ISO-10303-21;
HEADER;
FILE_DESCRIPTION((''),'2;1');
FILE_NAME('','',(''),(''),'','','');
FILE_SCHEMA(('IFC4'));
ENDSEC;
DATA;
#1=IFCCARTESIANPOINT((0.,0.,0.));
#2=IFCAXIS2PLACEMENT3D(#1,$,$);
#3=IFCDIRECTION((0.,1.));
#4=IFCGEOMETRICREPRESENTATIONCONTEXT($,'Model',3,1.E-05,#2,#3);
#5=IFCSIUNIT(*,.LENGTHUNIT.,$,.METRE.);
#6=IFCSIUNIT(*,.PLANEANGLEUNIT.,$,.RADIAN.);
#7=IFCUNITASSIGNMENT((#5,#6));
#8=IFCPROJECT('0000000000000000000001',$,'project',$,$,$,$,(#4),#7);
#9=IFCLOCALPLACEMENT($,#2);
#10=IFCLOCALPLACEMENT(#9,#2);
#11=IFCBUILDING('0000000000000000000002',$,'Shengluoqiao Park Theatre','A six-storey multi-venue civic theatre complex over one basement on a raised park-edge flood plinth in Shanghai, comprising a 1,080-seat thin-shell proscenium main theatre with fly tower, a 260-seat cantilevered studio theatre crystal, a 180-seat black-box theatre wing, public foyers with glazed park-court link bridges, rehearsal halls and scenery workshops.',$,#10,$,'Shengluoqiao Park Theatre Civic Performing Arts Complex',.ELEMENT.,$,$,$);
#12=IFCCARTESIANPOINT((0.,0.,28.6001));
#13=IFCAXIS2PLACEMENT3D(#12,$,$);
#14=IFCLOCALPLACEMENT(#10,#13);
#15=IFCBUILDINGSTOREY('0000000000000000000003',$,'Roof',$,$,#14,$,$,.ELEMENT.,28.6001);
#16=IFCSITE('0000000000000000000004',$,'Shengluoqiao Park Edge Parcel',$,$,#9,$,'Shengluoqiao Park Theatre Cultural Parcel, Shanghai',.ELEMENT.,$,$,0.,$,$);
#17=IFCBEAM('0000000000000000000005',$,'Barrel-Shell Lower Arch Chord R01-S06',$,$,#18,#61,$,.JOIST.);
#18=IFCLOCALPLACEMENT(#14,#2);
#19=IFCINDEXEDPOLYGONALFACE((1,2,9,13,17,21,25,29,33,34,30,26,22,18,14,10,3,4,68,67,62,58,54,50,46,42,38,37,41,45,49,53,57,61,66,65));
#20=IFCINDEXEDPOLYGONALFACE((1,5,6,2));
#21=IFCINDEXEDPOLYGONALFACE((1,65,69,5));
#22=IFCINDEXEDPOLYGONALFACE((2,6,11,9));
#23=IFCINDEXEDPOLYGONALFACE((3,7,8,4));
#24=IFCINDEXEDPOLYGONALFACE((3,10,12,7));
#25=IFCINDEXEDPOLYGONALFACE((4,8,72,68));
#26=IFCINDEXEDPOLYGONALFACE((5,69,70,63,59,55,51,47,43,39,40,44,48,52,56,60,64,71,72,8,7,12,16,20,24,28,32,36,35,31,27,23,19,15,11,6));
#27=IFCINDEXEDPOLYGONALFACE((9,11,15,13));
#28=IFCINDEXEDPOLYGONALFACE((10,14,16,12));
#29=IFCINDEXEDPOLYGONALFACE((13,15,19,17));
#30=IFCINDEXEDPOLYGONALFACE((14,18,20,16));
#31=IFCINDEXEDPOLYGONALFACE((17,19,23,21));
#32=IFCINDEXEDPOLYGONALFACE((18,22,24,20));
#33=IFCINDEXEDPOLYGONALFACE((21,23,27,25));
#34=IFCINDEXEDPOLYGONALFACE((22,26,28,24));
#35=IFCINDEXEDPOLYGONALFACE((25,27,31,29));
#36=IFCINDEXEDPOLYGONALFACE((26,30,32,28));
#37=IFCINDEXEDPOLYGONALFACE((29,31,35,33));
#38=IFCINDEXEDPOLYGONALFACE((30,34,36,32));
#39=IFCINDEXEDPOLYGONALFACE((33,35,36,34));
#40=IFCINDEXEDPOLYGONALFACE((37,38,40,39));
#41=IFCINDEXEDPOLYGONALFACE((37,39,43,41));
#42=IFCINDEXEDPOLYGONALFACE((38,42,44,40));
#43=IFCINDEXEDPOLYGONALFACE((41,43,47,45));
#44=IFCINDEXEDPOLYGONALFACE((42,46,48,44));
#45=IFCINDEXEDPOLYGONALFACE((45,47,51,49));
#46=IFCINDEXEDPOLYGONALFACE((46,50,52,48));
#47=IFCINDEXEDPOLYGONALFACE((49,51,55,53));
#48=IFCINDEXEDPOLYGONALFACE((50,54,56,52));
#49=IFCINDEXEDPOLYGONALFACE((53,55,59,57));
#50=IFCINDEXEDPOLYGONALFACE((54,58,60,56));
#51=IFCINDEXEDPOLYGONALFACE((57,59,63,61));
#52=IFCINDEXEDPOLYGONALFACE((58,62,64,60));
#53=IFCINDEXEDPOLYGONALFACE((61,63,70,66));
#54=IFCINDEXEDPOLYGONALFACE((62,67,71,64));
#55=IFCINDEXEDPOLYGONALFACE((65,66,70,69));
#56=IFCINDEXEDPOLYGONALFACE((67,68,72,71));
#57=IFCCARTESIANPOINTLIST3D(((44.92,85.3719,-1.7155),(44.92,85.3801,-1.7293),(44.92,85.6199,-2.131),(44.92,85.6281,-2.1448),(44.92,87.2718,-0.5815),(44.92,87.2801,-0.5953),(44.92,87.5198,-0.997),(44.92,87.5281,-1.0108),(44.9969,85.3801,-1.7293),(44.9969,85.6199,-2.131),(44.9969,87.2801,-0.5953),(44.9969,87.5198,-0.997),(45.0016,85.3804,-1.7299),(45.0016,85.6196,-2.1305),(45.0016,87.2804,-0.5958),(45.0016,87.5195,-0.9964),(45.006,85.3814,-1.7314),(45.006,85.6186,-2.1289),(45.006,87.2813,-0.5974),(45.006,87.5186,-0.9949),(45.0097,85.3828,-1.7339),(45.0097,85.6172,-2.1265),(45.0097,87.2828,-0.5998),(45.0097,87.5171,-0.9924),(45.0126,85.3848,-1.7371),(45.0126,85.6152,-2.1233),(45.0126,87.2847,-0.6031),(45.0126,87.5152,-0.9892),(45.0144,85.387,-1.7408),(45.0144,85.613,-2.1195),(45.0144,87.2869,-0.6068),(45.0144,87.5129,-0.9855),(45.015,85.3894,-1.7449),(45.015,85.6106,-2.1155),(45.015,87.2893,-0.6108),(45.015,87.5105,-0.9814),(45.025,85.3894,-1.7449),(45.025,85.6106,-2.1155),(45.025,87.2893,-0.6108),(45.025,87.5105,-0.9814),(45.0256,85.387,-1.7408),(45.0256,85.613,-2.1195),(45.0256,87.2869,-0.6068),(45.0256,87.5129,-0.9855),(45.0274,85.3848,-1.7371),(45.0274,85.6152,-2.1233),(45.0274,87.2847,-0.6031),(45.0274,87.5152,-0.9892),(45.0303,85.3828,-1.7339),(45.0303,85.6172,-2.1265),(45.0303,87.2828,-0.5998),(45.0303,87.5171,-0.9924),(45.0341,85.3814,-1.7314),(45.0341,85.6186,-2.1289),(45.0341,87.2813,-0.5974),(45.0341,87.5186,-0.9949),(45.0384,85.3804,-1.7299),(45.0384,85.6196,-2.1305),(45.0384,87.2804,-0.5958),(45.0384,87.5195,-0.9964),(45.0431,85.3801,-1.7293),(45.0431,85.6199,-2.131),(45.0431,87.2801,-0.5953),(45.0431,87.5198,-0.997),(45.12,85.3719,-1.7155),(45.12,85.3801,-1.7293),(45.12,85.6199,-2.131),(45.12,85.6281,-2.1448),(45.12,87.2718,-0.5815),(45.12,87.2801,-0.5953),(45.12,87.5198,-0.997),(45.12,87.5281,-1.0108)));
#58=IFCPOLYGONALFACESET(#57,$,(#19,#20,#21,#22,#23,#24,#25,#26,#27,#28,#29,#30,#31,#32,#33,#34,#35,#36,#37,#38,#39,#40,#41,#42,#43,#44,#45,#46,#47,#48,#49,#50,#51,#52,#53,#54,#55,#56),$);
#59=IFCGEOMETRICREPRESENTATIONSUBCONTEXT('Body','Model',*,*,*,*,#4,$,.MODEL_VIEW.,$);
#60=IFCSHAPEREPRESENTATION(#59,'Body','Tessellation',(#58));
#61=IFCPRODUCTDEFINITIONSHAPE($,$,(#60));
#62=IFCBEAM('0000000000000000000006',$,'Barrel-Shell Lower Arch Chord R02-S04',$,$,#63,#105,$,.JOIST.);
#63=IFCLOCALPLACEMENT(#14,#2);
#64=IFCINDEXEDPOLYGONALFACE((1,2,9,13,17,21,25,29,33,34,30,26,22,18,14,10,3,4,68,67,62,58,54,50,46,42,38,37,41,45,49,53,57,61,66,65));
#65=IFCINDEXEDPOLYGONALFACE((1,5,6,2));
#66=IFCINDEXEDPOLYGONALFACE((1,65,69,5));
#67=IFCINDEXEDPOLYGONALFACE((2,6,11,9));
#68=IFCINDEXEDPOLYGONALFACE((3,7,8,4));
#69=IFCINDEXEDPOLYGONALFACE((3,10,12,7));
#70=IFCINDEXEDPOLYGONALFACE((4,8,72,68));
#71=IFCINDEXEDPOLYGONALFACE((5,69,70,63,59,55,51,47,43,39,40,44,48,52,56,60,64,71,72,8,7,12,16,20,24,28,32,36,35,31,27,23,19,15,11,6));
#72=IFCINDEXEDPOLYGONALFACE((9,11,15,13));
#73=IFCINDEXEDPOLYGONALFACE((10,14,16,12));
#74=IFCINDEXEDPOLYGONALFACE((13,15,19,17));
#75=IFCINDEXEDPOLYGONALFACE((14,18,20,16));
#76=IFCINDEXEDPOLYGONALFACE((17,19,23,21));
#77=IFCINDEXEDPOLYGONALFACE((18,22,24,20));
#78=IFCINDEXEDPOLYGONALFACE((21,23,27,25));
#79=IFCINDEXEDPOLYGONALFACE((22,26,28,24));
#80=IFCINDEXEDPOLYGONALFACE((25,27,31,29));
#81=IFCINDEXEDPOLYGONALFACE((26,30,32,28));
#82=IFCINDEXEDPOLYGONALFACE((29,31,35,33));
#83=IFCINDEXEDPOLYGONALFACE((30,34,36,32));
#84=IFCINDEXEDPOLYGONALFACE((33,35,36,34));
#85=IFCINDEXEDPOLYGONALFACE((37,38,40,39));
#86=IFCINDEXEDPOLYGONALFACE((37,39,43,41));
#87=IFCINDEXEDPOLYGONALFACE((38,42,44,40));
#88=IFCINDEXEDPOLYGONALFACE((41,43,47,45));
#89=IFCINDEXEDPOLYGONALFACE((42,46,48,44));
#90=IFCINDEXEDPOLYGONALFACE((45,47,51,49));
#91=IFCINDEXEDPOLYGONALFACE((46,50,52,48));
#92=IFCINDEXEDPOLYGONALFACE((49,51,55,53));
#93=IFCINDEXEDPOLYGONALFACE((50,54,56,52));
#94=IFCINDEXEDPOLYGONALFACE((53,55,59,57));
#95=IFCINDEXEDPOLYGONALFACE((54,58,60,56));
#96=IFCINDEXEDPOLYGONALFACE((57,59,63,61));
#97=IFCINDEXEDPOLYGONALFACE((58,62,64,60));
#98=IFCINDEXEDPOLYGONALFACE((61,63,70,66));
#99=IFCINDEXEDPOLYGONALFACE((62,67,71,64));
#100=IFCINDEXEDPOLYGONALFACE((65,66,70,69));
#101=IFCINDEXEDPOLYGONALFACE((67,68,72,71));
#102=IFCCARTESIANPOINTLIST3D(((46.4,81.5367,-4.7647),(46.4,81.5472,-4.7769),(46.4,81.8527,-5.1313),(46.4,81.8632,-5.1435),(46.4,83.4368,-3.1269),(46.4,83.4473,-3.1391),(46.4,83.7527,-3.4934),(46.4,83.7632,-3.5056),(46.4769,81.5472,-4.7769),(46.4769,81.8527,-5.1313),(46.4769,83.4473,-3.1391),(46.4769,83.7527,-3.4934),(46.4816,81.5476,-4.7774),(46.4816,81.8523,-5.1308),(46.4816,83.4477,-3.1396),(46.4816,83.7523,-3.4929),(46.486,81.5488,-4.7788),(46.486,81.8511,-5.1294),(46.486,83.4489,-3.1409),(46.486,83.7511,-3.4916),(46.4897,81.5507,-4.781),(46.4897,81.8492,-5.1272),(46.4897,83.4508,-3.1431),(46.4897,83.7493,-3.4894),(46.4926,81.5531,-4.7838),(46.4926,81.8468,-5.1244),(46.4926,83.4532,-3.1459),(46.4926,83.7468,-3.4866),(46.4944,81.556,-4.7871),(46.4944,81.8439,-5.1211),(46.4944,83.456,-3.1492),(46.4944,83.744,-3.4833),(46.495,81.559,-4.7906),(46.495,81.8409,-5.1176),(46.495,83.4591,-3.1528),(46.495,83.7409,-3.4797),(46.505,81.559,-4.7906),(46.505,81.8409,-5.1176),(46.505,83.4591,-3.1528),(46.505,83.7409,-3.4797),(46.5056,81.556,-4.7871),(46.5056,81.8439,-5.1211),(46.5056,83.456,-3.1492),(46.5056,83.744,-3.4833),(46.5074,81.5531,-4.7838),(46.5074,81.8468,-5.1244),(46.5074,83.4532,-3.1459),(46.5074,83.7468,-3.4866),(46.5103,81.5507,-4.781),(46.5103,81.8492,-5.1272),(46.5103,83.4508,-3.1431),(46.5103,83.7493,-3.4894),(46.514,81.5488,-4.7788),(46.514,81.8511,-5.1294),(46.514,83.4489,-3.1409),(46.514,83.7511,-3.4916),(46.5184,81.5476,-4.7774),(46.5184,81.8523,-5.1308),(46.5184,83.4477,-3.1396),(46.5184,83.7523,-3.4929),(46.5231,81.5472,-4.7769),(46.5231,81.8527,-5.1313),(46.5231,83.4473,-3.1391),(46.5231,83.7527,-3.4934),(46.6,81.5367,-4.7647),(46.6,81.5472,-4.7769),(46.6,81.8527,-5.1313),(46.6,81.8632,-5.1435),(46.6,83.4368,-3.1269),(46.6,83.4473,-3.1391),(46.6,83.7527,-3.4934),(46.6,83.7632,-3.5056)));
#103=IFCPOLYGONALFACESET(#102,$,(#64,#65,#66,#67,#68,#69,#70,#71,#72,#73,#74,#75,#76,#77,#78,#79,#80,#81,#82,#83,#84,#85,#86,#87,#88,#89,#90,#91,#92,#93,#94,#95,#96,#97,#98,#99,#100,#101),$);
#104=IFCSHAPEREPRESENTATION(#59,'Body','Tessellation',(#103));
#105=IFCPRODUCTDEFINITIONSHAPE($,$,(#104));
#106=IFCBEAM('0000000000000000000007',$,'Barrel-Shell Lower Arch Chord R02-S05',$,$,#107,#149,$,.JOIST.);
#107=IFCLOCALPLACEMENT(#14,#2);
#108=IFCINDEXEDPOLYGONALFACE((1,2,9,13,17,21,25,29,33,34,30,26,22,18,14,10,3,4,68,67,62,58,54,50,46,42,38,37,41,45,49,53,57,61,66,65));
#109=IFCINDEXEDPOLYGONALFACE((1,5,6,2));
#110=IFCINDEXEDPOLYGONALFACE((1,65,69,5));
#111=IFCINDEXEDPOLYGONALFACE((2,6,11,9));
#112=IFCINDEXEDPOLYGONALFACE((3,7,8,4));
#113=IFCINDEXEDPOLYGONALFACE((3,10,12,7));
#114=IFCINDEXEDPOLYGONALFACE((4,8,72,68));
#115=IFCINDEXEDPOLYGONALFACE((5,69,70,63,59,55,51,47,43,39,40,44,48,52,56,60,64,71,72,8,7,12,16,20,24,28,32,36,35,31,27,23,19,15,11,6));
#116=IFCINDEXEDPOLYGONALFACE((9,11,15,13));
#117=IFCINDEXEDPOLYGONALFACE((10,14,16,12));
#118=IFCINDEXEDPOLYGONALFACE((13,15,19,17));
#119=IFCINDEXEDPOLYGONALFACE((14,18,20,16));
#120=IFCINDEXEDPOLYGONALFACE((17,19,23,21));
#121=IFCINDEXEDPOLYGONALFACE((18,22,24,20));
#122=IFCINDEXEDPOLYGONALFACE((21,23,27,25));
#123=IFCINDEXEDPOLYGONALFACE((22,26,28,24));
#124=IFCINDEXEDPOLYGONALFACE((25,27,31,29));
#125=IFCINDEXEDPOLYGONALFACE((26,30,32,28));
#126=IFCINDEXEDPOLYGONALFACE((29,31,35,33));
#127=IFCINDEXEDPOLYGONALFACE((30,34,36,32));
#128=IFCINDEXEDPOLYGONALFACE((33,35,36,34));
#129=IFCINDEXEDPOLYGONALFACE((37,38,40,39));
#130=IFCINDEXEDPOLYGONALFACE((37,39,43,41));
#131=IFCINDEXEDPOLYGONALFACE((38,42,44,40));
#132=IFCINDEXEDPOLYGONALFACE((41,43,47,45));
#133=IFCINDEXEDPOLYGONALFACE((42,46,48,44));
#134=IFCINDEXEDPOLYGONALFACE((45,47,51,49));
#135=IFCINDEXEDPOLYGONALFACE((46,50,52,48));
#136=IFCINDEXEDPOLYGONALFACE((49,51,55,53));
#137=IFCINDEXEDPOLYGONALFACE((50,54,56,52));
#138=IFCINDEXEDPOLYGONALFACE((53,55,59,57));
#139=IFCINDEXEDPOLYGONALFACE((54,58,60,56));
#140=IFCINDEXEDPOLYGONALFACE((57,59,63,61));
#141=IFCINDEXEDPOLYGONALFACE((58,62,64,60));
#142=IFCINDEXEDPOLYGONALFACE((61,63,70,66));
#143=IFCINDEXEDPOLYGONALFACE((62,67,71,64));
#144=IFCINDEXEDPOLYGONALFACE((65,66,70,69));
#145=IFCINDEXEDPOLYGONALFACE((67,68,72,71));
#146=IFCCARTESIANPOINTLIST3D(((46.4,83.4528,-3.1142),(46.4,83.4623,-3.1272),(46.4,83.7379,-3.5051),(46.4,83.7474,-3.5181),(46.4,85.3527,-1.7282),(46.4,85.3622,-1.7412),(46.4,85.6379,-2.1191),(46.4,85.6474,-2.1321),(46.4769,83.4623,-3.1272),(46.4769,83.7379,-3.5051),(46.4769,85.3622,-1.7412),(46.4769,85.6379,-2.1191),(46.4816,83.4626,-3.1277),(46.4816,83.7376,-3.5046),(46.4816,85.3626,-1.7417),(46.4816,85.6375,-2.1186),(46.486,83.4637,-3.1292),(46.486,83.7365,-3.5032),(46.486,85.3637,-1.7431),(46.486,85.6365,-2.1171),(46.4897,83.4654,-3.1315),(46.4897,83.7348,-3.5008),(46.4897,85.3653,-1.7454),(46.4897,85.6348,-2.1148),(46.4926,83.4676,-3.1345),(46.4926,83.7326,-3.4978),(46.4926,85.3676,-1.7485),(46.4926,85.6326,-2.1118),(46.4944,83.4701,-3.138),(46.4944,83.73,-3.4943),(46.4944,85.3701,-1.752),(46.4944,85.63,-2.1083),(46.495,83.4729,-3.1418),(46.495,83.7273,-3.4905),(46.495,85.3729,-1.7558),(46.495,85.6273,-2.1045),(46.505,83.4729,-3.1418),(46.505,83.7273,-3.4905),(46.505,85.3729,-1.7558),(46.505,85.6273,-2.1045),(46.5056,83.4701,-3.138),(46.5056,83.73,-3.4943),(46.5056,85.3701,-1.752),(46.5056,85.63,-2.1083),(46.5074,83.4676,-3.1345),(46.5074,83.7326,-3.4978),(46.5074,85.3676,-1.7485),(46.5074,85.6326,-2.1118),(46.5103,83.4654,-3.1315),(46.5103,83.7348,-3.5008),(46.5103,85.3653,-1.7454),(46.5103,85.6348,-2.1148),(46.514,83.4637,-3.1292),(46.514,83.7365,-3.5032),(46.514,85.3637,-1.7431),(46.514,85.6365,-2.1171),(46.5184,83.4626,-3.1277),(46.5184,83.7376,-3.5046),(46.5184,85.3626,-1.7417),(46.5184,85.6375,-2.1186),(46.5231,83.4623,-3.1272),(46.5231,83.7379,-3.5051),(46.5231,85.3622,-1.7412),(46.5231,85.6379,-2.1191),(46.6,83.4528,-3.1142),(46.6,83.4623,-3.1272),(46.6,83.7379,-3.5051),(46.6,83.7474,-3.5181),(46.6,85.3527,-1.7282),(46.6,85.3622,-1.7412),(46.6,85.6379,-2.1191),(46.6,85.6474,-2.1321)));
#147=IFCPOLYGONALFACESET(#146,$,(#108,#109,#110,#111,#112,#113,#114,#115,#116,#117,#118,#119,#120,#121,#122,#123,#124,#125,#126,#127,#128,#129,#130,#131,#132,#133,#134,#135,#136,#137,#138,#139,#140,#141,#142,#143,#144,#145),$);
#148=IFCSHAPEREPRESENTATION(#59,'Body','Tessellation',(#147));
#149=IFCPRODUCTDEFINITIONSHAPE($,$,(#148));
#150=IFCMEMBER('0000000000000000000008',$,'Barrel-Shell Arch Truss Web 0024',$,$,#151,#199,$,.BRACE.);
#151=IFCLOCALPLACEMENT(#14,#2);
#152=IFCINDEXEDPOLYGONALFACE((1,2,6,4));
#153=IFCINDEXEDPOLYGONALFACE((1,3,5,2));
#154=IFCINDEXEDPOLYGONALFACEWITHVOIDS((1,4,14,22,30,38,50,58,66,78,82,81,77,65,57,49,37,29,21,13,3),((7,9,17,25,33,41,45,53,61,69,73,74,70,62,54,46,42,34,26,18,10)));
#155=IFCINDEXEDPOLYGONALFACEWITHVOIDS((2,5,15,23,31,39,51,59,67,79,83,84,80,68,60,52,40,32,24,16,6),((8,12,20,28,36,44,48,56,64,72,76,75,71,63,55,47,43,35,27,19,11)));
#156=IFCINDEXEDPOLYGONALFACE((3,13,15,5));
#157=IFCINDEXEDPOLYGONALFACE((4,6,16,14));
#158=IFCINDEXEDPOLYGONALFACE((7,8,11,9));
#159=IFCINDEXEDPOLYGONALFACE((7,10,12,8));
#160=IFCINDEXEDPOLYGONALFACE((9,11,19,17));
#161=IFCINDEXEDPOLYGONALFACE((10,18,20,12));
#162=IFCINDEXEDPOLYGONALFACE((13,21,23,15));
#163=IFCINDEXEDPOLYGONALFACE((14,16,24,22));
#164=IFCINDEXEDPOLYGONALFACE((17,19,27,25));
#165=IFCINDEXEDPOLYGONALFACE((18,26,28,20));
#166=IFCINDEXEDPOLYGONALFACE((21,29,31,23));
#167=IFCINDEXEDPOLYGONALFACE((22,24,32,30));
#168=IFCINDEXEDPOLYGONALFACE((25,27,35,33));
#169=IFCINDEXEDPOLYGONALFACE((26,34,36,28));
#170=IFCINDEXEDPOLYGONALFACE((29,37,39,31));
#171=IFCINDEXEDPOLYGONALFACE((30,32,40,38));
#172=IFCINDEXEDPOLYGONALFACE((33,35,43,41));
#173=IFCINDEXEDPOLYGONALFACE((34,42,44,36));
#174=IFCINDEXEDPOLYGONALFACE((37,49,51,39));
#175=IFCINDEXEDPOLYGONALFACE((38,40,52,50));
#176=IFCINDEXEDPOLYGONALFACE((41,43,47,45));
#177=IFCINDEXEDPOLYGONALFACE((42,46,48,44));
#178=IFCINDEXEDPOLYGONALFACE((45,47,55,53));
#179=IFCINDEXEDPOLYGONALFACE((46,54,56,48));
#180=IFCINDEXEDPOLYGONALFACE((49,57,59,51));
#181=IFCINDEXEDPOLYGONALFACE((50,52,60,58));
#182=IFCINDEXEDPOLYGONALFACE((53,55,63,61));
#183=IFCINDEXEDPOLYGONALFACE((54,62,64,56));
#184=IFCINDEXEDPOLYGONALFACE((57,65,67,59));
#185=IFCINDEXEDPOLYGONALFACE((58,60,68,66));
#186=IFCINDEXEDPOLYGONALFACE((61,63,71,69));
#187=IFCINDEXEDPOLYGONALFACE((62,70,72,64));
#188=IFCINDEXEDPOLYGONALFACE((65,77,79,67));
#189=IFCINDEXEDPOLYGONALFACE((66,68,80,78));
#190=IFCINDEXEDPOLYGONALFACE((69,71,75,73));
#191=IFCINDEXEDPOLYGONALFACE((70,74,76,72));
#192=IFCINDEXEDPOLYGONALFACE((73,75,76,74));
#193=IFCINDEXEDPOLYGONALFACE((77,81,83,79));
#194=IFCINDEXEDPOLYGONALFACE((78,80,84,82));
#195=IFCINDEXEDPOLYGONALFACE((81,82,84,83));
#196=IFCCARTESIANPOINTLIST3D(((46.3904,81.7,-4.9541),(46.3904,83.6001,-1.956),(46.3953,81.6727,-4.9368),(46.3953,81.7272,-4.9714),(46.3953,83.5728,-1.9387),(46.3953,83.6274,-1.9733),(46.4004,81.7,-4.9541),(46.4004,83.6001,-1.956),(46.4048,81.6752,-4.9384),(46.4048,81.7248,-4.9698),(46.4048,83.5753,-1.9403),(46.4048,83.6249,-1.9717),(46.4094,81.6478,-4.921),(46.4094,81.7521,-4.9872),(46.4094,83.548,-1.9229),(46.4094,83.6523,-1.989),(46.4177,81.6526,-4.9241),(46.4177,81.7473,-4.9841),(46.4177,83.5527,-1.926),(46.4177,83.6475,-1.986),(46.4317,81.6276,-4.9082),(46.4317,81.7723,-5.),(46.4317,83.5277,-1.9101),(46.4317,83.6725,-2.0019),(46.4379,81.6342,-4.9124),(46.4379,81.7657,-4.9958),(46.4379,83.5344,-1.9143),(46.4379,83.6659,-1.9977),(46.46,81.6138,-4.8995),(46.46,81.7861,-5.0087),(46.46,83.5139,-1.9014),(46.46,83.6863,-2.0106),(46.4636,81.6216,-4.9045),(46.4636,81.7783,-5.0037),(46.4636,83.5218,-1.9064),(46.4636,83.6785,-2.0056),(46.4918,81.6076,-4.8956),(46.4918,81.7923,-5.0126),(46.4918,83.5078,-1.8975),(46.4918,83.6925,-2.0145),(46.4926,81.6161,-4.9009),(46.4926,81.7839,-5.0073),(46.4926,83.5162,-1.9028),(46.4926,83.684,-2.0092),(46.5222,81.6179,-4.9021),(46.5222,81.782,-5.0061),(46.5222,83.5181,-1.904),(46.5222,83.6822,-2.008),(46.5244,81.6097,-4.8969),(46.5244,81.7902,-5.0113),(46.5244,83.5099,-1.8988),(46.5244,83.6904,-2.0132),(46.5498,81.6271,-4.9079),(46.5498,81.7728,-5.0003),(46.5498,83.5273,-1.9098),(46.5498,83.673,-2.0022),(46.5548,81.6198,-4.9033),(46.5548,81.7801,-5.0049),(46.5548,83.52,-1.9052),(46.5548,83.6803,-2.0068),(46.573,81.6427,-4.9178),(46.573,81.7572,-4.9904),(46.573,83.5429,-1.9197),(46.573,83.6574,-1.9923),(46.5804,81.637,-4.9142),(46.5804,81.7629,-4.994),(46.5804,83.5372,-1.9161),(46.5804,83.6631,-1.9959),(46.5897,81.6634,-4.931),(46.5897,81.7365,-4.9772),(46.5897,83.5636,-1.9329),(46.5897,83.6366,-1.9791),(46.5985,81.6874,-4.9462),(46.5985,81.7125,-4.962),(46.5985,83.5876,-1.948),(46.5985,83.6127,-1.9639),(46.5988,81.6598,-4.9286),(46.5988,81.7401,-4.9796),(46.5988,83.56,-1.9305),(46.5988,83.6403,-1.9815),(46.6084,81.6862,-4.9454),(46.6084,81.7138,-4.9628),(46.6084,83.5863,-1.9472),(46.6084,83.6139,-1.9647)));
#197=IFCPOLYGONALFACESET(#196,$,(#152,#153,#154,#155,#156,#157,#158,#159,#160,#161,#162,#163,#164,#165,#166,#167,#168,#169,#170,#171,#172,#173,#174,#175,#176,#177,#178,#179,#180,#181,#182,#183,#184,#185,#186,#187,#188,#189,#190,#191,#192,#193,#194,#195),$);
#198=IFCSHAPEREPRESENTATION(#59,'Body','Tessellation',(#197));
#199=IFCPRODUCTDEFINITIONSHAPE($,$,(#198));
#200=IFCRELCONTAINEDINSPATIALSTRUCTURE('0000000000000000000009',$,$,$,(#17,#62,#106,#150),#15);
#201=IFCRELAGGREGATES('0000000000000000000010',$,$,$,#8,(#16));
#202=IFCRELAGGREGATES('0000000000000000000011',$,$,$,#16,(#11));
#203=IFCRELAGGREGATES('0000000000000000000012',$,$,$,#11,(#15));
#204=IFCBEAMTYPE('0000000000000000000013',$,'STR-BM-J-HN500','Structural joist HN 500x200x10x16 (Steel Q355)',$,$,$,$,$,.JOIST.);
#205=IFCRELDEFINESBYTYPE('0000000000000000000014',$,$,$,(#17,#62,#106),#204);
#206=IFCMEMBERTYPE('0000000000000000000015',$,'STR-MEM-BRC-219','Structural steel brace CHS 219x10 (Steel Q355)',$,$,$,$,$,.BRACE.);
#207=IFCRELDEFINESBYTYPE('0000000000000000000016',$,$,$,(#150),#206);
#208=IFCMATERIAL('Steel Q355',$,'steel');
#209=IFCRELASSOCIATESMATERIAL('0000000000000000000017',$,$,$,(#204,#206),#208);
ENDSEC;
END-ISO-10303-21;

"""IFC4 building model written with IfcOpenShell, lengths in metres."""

from ifc_helpers import new_model, si_unit, direction, frame, origin, origin_2d, place, context, subcontext, project, spatial, hollow_circle, i_section, extrude, material, material_profile, profile_set, type_object, element, save


model = new_model("IFC4")

# Units and contexts
model_context = context("Model", 3, precision=1e-05, world=origin(), true_north=direction((0.0, 1.0)))
body_context = subcontext(model_context, "Body", "Model", "MODEL_VIEW")
ifc_project = project(units=[si_unit("LENGTHUNIT", "METRE"), si_unit("PLANEANGLEUNIT", "RADIAN")], contexts=[model_context])

# Site, building, storey
site_placement = place(None, origin())
site = spatial("IfcSite", under=ifc_project, at=site_placement, Name="Shengluoqiao Park Edge Parcel", LongName="Shengluoqiao Park Theatre Cultural Parcel, Shanghai", CompositionType="ELEMENT", RefElevation=0.0)
building_placement = place(site_placement, origin())
building = spatial("IfcBuilding", under=site, at=building_placement, Name="Shengluoqiao Park Theatre", Description="A six-storey multi-venue civic theatre complex over one basement on a raised park-edge flood plinth in Shanghai, comprising a 1,080-seat thin-shell proscenium main theatre with fly tower, a 260-seat cantilevered studio theatre crystal, a 180-seat black-box theatre wing, public foyers with glazed park-court link bridges, rehearsal halls and scenery workshops.", LongName="Shengluoqiao Park Theatre Civic Performing Arts Complex", CompositionType="ELEMENT")
storey_placement = place(building_placement, frame((0.0, 0.0, 28.6001)))
storey = spatial("IfcBuildingStorey", under=building, at=storey_placement, Name="Roof", CompositionType="ELEMENT", Elevation=28.6001)

# Beams
ifc_material_1 = material(Name="Steel Q355", Category="steel")
ifc_material_profile_1 = material_profile(ifc_material_1, i_section(OverallWidth=0.2, OverallDepth=0.5, WebThickness=0.01, FlangeThickness=0.0161, FilletRadius=0.0181, at=origin_2d()), Name="HN 500x200x10x16")
ifc_profile_set_1 = profile_set([ifc_material_profile_1], Name="Steel Q355")
beam_type_1 = type_object("IfcBeamType", Name="STR-BM-J-HN500", Description="Structural joist HN 500x200x10x16 (Steel Q355)", PredefinedType="JOIST", material=ifc_profile_set_1)
beam_1_placement = place(storey_placement, frame((45.02, 85.5, -1.9302), z_axis=(0.0, 0.858669, 0.512531), x_axis=(-1.0, 0.0, 0.0)))
element("IfcBeam", 1, at=beam_1_placement, inside=storey, type_object=beam_type_1, Name="Barrel-Shell Lower Arch Chord R01-S06", PredefinedType="JOIST", context=body_context, shape_type="SweptSolid", body=[
    extrude(i_section(OverallWidth=0.2, OverallDepth=0.5, WebThickness=0.01, FlangeThickness=0.0161, FilletRadius=0.0181, at=origin_2d()), origin(), (0.0, 0.0, 1.0), 2.2126),
])
beam_2_placement = place(storey_placement, frame((46.5, 81.7, -4.9541), z_axis=(0.0, 0.757433, 0.652913), x_axis=(-1.0, 0.0, 0.0)))
element("IfcBeam", 2, at=beam_2_placement, inside=storey, type_object=beam_type_1, Name="Barrel-Shell Lower Arch Chord R02-S04", PredefinedType="JOIST", context=body_context, shape_type="SweptSolid", body=[
    extrude(i_section(OverallWidth=0.2, OverallDepth=0.5, WebThickness=0.01, FlangeThickness=0.0161, FilletRadius=0.0181, at=origin_2d()), origin(), (0.0, 0.0, 1.0), 2.5085),
])
beam_3_placement = place(storey_placement, frame((46.5, 83.6001, -3.3162), z_axis=(0.0, 0.807878, 0.58935), x_axis=(-1.0, 0.0, 0.0)))
element("IfcBeam", 3, at=beam_3_placement, inside=storey, type_object=beam_type_1, Name="Barrel-Shell Lower Arch Chord R02-S05", PredefinedType="JOIST", context=body_context, shape_type="SweptSolid", body=[
    extrude(i_section(OverallWidth=0.2, OverallDepth=0.5, WebThickness=0.01, FlangeThickness=0.0161, FilletRadius=0.0181, at=origin_2d()), origin(), (0.0, 0.0, 1.0), 2.3518),
])

# Member
ifc_material_profile_2 = material_profile(ifc_material_1, hollow_circle(Radius=0.1096, WallThickness=0.01, at=origin_2d()), Name="CHS 219x10")
ifc_profile_set_2 = profile_set([ifc_material_profile_2], Name="Steel Q355")
member_type_1 = type_object("IfcMemberType", Name="STR-MEM-BRC-219", Description="Structural steel brace CHS 219x10 (Steel Q355)", PredefinedType="BRACE", material=ifc_profile_set_2)
member_1_placement = place(storey_placement, frame((46.5, 81.7, -4.9541), z_axis=(0.0, 0.53533, 0.844643), x_axis=(-1.0, 0.0, 0.0)))
element("IfcMember", 4, at=member_1_placement, inside=storey, type_object=member_type_1, Name="Barrel-Shell Arch Truss Web 0024", PredefinedType="BRACE", context=body_context, shape_type="SweptSolid", body=[
    extrude(hollow_circle(Radius=0.1096, WallThickness=0.01, at=origin_2d()), origin(), (0.0, 0.0, 1.0), 3.5496),
])

save(model, "model.ifc")
